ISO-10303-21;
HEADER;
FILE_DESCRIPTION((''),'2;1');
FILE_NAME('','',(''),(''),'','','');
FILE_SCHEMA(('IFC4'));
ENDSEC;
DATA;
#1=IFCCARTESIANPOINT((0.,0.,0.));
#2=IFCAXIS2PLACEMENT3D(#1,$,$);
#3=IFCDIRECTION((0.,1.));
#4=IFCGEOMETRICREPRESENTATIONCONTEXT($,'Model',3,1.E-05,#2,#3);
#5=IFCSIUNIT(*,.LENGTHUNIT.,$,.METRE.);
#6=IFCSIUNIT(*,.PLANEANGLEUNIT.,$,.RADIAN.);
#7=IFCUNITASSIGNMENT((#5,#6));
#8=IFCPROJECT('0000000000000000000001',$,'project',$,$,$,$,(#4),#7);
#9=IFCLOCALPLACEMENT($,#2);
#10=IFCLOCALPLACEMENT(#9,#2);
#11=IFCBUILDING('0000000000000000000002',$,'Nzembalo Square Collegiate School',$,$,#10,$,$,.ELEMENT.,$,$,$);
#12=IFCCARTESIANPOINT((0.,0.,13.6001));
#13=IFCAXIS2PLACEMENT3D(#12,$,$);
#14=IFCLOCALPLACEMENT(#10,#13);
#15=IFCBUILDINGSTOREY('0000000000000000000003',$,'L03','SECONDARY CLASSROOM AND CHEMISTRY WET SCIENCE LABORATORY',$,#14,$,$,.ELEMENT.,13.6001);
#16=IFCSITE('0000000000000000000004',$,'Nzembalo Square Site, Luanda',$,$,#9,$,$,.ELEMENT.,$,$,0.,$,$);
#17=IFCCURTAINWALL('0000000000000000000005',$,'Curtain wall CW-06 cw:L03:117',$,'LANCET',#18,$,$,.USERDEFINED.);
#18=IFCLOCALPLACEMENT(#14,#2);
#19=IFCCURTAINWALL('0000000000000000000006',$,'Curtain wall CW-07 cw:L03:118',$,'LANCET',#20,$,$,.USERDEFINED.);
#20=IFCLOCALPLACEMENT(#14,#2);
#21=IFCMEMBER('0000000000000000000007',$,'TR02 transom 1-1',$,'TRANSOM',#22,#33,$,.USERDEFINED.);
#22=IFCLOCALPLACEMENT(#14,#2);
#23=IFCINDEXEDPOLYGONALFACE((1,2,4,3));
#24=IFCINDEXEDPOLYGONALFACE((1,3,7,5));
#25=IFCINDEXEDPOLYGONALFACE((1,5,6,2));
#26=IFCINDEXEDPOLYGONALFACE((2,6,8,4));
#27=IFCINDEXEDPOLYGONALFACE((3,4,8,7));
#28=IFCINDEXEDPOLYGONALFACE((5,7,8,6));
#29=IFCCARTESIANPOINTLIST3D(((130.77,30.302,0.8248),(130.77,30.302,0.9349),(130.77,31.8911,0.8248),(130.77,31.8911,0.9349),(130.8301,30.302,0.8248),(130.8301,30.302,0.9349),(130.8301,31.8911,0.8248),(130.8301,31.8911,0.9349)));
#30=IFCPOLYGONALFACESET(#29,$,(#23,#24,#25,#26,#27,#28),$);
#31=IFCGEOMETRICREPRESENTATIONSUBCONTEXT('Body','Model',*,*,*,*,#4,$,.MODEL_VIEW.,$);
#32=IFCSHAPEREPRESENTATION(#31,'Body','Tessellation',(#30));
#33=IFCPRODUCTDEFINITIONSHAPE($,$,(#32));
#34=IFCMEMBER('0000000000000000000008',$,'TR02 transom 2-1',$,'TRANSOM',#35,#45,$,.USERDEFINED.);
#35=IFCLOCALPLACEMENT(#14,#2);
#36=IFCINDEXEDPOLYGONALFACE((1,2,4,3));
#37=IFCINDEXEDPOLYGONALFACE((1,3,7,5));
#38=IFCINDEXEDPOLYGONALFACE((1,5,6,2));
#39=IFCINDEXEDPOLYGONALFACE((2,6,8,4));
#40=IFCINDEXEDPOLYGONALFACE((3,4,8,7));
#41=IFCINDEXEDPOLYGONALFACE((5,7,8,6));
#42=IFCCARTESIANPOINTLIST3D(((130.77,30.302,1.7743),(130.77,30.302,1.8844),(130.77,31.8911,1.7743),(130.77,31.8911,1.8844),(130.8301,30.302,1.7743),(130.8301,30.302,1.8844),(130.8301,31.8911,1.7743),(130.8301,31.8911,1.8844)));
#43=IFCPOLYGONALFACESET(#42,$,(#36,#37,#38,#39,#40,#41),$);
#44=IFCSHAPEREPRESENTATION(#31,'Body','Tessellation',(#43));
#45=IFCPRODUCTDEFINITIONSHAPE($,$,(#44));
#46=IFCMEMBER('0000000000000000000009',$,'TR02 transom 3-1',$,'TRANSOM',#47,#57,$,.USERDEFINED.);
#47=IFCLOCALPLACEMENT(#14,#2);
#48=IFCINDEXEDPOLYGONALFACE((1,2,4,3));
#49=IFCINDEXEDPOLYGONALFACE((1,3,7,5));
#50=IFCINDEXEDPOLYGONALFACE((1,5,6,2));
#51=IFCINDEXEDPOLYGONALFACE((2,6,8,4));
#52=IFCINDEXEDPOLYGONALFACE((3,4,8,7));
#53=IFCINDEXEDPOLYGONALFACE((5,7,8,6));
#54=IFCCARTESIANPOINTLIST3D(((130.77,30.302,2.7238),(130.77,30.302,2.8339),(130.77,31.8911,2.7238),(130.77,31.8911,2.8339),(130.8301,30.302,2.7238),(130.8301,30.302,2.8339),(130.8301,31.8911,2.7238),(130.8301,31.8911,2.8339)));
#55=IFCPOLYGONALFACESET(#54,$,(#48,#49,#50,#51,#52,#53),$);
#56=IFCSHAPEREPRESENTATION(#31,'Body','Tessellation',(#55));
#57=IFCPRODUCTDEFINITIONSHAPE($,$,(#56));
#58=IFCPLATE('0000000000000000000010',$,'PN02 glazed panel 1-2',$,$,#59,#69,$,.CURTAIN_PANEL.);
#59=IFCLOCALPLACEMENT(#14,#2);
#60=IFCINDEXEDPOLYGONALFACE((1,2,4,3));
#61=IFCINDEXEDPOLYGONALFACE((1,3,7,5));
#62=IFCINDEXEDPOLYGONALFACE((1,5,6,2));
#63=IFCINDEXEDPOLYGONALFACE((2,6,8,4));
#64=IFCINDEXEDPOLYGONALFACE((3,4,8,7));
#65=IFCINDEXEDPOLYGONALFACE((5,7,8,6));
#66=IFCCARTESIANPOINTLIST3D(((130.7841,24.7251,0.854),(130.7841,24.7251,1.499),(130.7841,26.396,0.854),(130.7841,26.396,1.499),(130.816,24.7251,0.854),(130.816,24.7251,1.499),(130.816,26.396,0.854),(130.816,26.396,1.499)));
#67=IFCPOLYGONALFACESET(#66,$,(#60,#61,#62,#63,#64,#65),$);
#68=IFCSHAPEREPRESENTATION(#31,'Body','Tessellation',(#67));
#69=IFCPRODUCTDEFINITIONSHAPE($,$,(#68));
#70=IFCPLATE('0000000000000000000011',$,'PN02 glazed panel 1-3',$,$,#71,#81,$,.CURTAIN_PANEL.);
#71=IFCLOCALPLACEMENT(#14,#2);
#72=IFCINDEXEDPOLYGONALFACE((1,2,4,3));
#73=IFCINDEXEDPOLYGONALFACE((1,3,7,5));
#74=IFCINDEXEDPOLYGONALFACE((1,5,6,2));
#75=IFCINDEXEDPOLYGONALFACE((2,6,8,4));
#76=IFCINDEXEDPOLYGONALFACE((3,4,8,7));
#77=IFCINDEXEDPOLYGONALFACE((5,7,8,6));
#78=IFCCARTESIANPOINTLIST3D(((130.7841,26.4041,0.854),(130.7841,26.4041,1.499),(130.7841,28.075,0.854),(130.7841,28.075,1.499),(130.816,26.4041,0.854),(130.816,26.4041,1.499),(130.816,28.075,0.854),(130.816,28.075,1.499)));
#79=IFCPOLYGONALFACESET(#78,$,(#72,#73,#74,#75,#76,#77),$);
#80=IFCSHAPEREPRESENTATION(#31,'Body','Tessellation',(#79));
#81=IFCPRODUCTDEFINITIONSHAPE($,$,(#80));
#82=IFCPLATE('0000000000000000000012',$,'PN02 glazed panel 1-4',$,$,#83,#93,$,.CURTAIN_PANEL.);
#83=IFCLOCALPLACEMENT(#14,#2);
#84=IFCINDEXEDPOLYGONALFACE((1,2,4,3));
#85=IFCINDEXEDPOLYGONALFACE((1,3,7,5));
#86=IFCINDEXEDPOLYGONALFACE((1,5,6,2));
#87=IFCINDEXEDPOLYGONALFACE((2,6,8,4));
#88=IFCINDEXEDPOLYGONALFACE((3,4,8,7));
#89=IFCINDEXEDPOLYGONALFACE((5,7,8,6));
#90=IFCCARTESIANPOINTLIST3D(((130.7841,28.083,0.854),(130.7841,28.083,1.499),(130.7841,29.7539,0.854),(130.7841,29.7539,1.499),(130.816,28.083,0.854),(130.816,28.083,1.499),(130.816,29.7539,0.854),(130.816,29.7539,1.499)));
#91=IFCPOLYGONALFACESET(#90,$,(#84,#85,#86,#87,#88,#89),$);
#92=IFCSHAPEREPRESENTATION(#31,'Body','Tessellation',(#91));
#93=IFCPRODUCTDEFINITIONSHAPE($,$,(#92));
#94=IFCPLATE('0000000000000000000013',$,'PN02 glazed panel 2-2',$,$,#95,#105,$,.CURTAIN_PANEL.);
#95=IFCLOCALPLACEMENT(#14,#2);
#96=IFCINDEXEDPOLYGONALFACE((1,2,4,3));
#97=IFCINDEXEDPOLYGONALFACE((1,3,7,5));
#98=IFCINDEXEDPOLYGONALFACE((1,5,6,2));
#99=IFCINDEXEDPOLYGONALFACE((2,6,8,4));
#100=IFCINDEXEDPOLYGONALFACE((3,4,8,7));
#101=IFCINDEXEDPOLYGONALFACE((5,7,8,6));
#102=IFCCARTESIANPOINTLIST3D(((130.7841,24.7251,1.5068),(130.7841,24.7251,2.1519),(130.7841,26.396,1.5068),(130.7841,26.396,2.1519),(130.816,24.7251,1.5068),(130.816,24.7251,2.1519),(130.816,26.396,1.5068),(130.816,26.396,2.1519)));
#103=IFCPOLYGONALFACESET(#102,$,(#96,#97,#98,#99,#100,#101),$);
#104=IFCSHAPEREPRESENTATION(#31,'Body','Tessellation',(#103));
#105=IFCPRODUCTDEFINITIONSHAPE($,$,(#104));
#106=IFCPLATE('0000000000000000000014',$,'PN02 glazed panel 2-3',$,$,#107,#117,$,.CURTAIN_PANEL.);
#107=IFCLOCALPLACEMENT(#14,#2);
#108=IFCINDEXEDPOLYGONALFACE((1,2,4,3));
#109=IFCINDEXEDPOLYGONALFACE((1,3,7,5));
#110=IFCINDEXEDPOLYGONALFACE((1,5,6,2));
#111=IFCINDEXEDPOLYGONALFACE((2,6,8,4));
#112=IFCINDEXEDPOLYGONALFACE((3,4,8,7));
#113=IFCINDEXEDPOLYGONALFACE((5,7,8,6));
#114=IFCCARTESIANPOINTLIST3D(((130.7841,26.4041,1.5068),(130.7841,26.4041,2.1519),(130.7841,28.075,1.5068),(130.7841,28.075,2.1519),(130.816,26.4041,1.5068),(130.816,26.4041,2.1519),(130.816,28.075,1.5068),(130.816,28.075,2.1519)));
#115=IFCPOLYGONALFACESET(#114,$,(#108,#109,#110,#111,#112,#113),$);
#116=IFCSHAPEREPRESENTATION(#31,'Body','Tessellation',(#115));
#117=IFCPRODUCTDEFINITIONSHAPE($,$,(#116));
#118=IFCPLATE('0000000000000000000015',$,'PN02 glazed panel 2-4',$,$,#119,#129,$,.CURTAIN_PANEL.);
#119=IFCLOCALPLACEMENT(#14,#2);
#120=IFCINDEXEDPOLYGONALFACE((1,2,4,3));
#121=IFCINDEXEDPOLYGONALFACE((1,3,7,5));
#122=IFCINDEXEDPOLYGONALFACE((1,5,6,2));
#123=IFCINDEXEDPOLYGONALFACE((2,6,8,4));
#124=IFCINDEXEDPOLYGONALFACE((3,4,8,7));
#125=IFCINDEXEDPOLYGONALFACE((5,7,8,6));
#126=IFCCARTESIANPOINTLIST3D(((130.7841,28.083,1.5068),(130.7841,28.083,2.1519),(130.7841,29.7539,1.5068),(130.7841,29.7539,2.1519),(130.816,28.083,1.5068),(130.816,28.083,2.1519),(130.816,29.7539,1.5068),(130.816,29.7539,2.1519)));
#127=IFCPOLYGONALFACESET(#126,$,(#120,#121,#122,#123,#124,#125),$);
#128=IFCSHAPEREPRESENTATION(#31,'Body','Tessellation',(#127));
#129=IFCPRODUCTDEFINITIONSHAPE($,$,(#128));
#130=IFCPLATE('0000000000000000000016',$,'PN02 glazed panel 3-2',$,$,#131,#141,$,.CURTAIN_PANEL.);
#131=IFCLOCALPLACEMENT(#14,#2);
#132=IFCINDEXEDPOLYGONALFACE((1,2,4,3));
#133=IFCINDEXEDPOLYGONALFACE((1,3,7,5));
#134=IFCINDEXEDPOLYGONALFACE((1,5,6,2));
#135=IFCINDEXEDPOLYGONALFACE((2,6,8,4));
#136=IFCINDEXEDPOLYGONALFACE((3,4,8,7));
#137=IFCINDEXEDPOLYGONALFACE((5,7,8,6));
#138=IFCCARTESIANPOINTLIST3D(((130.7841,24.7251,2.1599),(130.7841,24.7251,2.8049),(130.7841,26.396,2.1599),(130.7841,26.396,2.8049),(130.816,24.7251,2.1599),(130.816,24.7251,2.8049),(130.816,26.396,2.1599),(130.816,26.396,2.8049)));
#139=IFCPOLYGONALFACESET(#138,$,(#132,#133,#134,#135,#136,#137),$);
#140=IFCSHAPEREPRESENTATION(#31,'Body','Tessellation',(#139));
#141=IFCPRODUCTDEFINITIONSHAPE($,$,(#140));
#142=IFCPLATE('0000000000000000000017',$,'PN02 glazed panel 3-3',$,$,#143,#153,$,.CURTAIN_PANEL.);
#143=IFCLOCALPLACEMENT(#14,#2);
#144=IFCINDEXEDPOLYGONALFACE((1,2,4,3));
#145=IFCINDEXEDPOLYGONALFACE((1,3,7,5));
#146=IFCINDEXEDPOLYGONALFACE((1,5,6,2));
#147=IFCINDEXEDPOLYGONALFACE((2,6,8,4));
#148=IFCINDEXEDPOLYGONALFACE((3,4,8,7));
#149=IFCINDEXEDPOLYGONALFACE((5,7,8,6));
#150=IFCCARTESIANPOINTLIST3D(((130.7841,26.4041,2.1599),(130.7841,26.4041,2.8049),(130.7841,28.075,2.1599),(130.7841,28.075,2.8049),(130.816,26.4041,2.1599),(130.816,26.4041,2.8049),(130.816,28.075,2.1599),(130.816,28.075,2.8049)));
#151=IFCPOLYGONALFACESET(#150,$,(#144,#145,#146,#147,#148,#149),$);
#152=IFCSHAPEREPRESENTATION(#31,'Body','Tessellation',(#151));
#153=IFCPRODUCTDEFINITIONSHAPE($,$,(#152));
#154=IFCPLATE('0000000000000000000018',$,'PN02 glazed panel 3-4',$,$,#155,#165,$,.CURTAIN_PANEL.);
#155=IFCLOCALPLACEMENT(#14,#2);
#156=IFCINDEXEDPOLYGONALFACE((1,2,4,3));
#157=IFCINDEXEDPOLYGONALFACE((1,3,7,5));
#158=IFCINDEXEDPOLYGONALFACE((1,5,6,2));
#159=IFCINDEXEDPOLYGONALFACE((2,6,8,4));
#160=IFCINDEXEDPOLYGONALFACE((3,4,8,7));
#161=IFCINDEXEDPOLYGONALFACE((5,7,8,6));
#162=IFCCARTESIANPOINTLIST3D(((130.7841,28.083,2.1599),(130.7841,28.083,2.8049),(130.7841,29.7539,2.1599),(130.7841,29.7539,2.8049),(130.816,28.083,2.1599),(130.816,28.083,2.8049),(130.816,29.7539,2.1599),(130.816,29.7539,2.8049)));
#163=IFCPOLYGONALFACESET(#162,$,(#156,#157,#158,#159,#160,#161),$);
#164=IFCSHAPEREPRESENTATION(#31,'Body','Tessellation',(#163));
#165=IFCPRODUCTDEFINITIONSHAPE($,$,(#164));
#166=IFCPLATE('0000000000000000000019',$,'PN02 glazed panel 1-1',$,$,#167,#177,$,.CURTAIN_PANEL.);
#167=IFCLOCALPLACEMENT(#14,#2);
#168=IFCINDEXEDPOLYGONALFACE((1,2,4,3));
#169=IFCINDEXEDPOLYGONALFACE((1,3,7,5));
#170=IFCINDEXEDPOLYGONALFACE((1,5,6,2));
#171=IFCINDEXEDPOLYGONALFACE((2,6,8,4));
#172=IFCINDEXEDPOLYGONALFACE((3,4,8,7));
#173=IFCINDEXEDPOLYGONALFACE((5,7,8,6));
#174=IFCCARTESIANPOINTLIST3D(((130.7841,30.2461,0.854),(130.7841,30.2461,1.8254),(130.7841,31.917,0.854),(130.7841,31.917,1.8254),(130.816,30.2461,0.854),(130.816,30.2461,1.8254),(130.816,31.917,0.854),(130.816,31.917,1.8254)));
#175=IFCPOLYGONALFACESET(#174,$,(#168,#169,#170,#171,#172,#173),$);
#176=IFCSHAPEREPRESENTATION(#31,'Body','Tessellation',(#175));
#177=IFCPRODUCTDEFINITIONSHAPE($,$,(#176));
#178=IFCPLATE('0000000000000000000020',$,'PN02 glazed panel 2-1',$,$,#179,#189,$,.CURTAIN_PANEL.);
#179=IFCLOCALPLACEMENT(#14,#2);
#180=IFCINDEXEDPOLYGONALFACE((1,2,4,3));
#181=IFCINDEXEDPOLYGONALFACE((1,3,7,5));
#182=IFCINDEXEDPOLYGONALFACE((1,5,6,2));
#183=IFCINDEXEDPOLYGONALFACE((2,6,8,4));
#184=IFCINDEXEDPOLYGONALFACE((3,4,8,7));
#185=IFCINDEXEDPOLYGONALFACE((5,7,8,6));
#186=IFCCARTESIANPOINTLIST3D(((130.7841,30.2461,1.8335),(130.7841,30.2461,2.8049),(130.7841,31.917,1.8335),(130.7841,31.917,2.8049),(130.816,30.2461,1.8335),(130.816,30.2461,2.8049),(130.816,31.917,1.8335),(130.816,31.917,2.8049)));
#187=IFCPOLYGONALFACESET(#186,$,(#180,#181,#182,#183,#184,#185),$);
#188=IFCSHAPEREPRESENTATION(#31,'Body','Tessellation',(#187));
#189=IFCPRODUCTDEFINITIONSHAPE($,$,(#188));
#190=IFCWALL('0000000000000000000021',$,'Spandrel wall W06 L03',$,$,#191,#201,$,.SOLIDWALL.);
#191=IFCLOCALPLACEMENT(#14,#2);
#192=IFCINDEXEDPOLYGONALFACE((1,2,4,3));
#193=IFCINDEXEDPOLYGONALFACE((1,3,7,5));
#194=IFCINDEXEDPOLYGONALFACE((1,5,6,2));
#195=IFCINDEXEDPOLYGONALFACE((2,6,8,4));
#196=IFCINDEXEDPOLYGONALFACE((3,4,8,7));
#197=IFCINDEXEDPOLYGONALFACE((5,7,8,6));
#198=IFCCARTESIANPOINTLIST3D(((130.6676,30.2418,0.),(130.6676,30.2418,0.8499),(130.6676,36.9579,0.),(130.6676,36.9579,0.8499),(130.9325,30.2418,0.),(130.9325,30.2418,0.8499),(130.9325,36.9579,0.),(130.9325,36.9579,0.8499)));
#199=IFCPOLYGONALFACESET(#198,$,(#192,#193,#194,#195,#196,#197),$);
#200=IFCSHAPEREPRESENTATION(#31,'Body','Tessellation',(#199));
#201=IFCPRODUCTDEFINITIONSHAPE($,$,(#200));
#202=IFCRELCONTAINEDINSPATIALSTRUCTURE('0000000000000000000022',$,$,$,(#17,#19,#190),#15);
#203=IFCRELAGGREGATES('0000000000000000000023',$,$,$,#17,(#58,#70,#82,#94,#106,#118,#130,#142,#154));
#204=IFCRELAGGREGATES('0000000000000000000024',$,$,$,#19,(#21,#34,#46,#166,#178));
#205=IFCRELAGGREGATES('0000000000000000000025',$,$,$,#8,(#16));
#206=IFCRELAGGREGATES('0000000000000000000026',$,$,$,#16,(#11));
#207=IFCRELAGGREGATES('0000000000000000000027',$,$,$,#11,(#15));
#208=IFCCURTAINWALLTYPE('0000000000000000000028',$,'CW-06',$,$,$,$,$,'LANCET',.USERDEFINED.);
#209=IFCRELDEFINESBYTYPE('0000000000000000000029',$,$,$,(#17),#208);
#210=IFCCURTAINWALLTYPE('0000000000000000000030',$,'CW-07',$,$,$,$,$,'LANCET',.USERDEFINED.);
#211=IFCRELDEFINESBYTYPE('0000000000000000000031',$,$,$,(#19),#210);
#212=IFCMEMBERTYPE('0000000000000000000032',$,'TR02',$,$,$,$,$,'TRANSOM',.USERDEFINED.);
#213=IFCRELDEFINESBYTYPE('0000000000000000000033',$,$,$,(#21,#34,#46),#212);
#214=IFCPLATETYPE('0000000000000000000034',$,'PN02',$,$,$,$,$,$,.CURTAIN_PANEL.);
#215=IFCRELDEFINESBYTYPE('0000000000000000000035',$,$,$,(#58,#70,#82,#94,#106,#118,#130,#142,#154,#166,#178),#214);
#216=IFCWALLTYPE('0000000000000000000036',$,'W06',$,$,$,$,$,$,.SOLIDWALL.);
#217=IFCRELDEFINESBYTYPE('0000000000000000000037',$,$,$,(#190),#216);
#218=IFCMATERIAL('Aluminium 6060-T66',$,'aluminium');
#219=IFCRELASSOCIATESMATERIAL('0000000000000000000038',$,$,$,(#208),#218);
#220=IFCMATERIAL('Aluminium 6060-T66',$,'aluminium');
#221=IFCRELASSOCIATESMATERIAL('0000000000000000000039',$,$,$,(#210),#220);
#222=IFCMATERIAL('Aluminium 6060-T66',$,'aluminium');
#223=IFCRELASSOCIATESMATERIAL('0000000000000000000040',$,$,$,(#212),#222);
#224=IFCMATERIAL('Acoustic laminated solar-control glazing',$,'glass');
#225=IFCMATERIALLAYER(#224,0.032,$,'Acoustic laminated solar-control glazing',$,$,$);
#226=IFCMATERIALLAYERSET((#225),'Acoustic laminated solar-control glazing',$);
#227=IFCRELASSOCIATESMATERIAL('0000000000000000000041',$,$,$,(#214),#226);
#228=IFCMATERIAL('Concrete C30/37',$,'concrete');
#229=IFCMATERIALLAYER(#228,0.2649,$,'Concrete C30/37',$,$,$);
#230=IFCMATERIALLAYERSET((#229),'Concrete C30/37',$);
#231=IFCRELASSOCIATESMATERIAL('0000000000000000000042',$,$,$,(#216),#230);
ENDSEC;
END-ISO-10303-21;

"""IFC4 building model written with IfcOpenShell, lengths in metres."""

from ifc_helpers import new_model, si_unit, direction, frame, frame_2d, origin, origin_2d, place, context, subcontext, project, spatial, rectangle, extrude, material, layer, layer_set, material_profile, profile_set, type_object, element, aggregate, save


model = new_model("IFC4")

# Units and contexts
model_context = context("Model", 3, precision=1e-05, world=origin(), true_north=direction((0.0, 1.0)))
body_context = subcontext(model_context, "Body", "Model", "MODEL_VIEW")
ifc_project = project(units=[si_unit("LENGTHUNIT", "METRE"), si_unit("PLANEANGLEUNIT", "RADIAN")], contexts=[model_context])

# Site, building, storey
site_placement = place(None, origin())
site = spatial("IfcSite", under=ifc_project, at=site_placement, Name="Nzembalo Square Site, Luanda", CompositionType="ELEMENT", RefElevation=0.0)
building_placement = place(site_placement, origin())
building = spatial("IfcBuilding", under=site, at=building_placement, Name="Nzembalo Square Collegiate School", CompositionType="ELEMENT")
storey_placement = place(building_placement, frame((0.0, 0.0, 13.6001)))
storey = spatial("IfcBuildingStorey", under=building, at=storey_placement, Name="L03", Description="SECONDARY CLASSROOM AND CHEMISTRY WET SCIENCE LABORATORY", CompositionType="ELEMENT", Elevation=13.6001)

# Curtain wall
ifc_material_1 = material(Name="Aluminium 6060-T66", Category="aluminium")
curtain_wall_type_1 = type_object("IfcCurtainWallType", Name="CW-06", ElementType="LANCET", PredefinedType="USERDEFINED", material=ifc_material_1)
curtain_wall_1_placement = place(storey_placement, origin())
curtain_wall_1 = element("IfcCurtainWall", 1, at=curtain_wall_1_placement, inside=storey, type_object=curtain_wall_type_1, Name="Curtain wall CW-06 cw:L03:117", ObjectType="LANCET", PredefinedType="USERDEFINED")

# Curtain wall
ifc_material_2 = material(Name="Aluminium 6060-T66", Category="aluminium")
curtain_wall_type_2 = type_object("IfcCurtainWallType", Name="CW-07", ElementType="LANCET", PredefinedType="USERDEFINED", material=ifc_material_2)
curtain_wall_2_placement = place(storey_placement, origin())
curtain_wall_2 = element("IfcCurtainWall", 2, at=curtain_wall_2_placement, inside=storey, type_object=curtain_wall_type_2, Name="Curtain wall CW-07 cw:L03:118", ObjectType="LANCET", PredefinedType="USERDEFINED")

# Members
ifc_material_3 = material(Name="Aluminium 6060-T66", Category="aluminium")
ifc_material_profile_1 = material_profile(ifc_material_3, rectangle(XDim=0.0601, YDim=0.1101, at=origin_2d()), Name="ALU T60x110")
ifc_profile_set_1 = profile_set([ifc_material_profile_1], Name="Aluminium 6060-T66")
member_type_1 = type_object("IfcMemberType", Name="TR02", ElementType="TRANSOM", PredefinedType="USERDEFINED", material=ifc_profile_set_1)
member_1_placement = place(storey_placement, frame((130.8, 30.302, 0.8799), z_axis=(0.0, 1.0, 0.0), x_axis=(-1.0, 0.0, 0.0)))
member_1 = element("IfcMember", 3, at=member_1_placement, type_object=member_type_1, Name="TR02 transom 1-1", ObjectType="TRANSOM", PredefinedType="USERDEFINED", context=body_context, shape_type="SweptSolid", body=[
    extrude(rectangle(XDim=0.0601, YDim=0.1101, at=origin_2d()), origin(), (0.0, 0.0, 1.0), 1.5891),
])
member_2_placement = place(storey_placement, frame((130.8, 30.302, 1.8293), z_axis=(0.0, 1.0, 0.0), x_axis=(-1.0, 0.0, 0.0)))
member_2 = element("IfcMember", 4, at=member_2_placement, type_object=member_type_1, Name="TR02 transom 2-1", ObjectType="TRANSOM", PredefinedType="USERDEFINED", context=body_context, shape_type="SweptSolid", body=[
    extrude(rectangle(XDim=0.0601, YDim=0.1101, at=origin_2d()), origin(), (0.0, 0.0, 1.0), 1.5891),
])
member_3_placement = place(storey_placement, frame((130.8, 30.302, 2.7788), z_axis=(0.0, 1.0, 0.0), x_axis=(-1.0, 0.0, 0.0)))
member_3 = element("IfcMember", 5, at=member_3_placement, type_object=member_type_1, Name="TR02 transom 3-1", ObjectType="TRANSOM", PredefinedType="USERDEFINED", context=body_context, shape_type="SweptSolid", body=[
    extrude(rectangle(XDim=0.0601, YDim=0.1101, at=origin_2d()), origin(), (0.0, 0.0, 1.0), 1.5891),
])

# Plates
ifc_material_4 = material(Name="Acoustic laminated solar-control glazing", Category="glass")
ifc_layer_1 = layer(ifc_material_4, 0.032, Name="Acoustic laminated solar-control glazing")
ifc_layer_set_1 = layer_set([ifc_layer_1], Name="Acoustic laminated solar-control glazing")
plate_type = type_object("IfcPlateType", Name="PN02", PredefinedType="CURTAIN_PANEL", material=ifc_layer_set_1)
plate_1_placement = place(storey_placement, frame((130.8, 25.5605, 0.854), z_axis=(0.0, 0.0, 1.0), x_axis=(0.0, 1.0, 0.0)))
plate_1 = element("IfcPlate", 6, at=plate_1_placement, type_object=plate_type, Name="PN02 glazed panel 1-2", PredefinedType="CURTAIN_PANEL", context=body_context, shape_type="SweptSolid", body=[
    extrude(rectangle(XDim=1.6709, YDim=0.032, at=origin_2d()), origin(), (0.0, 0.0, 1.0), 0.645),
])
plate_2_placement = place(storey_placement, frame((130.8, 27.2395, 0.854), z_axis=(0.0, 0.0, 1.0), x_axis=(0.0, 1.0, 0.0)))
plate_2 = element("IfcPlate", 7, at=plate_2_placement, type_object=plate_type, Name="PN02 glazed panel 1-3", PredefinedType="CURTAIN_PANEL", context=body_context, shape_type="SweptSolid", body=[
    extrude(rectangle(XDim=1.6709, YDim=0.032, at=origin_2d()), origin(), (0.0, 0.0, 1.0), 0.645),
])
plate_3_placement = place(storey_placement, frame((130.8, 28.9185, 0.854), z_axis=(0.0, 0.0, 1.0), x_axis=(0.0, 1.0, 0.0)))
plate_3 = element("IfcPlate", 8, at=plate_3_placement, type_object=plate_type, Name="PN02 glazed panel 1-4", PredefinedType="CURTAIN_PANEL", context=body_context, shape_type="SweptSolid", body=[
    extrude(rectangle(XDim=1.6709, YDim=0.032, at=origin_2d()), origin(), (0.0, 0.0, 1.0), 0.645),
])
plate_4_placement = place(storey_placement, frame((130.8, 25.5605, 1.5068), z_axis=(0.0, 0.0, 1.0), x_axis=(0.0, 1.0, 0.0)))
plate_4 = element("IfcPlate", 9, at=plate_4_placement, type_object=plate_type, Name="PN02 glazed panel 2-2", PredefinedType="CURTAIN_PANEL", context=body_context, shape_type="SweptSolid", body=[
    extrude(rectangle(XDim=1.6709, YDim=0.032, at=origin_2d()), origin(), (0.0, 0.0, 1.0), 0.645),
])
plate_5_placement = place(storey_placement, frame((130.8, 27.2395, 1.5068), z_axis=(0.0, 0.0, 1.0), x_axis=(0.0, 1.0, 0.0)))
plate_5 = element("IfcPlate", 10, at=plate_5_placement, type_object=plate_type, Name="PN02 glazed panel 2-3", PredefinedType="CURTAIN_PANEL", context=body_context, shape_type="SweptSolid", body=[
    extrude(rectangle(XDim=1.6709, YDim=0.032, at=origin_2d()), origin(), (0.0, 0.0, 1.0), 0.645),
])
plate_6_placement = place(storey_placement, frame((130.8, 28.9185, 1.5068), z_axis=(0.0, 0.0, 1.0), x_axis=(0.0, 1.0, 0.0)))
plate_6 = element("IfcPlate", 11, at=plate_6_placement, type_object=plate_type, Name="PN02 glazed panel 2-4", PredefinedType="CURTAIN_PANEL", context=body_context, shape_type="SweptSolid", body=[
    extrude(rectangle(XDim=1.6709, YDim=0.032, at=origin_2d()), origin(), (0.0, 0.0, 1.0), 0.645),
])
plate_7_placement = place(storey_placement, frame((130.8, 25.5605, 2.1599), z_axis=(0.0, 0.0, 1.0), x_axis=(0.0, 1.0, 0.0)))
plate_7 = element("IfcPlate", 12, at=plate_7_placement, type_object=plate_type, Name="PN02 glazed panel 3-2", PredefinedType="CURTAIN_PANEL", context=body_context, shape_type="SweptSolid", body=[
    extrude(rectangle(XDim=1.6709, YDim=0.032, at=origin_2d()), origin(), (0.0, 0.0, 1.0), 0.645),
])
plate_8_placement = place(storey_placement, frame((130.8, 27.2395, 2.1599), z_axis=(0.0, 0.0, 1.0), x_axis=(0.0, 1.0, 0.0)))
plate_8 = element("IfcPlate", 13, at=plate_8_placement, type_object=plate_type, Name="PN02 glazed panel 3-3", PredefinedType="CURTAIN_PANEL", context=body_context, shape_type="SweptSolid", body=[
    extrude(rectangle(XDim=1.6709, YDim=0.032, at=origin_2d()), origin(), (0.0, 0.0, 1.0), 0.645),
])
plate_9_placement = place(storey_placement, frame((130.8, 28.9185, 2.1599), z_axis=(0.0, 0.0, 1.0), x_axis=(0.0, 1.0, 0.0)))
plate_9 = element("IfcPlate", 14, at=plate_9_placement, type_object=plate_type, Name="PN02 glazed panel 3-4", PredefinedType="CURTAIN_PANEL", context=body_context, shape_type="SweptSolid", body=[
    extrude(rectangle(XDim=1.6709, YDim=0.032, at=origin_2d()), origin(), (0.0, 0.0, 1.0), 0.645),
])
aggregate(curtain_wall_1, [plate_1, plate_2, plate_3, plate_4, plate_5, plate_6, plate_7, plate_8, plate_9])
plate_10_placement = place(storey_placement, frame((130.8, 31.0815, 0.854), z_axis=(0.0, 0.0, 1.0), x_axis=(0.0, 1.0, 0.0)))
plate_10 = element("IfcPlate", 15, at=plate_10_placement, type_object=plate_type, Name="PN02 glazed panel 1-1", PredefinedType="CURTAIN_PANEL", context=body_context, shape_type="SweptSolid", body=[
    extrude(rectangle(XDim=1.6709, YDim=0.032, at=origin_2d()), origin(), (0.0, 0.0, 1.0), 0.9714),
])
plate_11_placement = place(storey_placement, frame((130.8, 31.0815, 1.8335), z_axis=(0.0, 0.0, 1.0), x_axis=(0.0, 1.0, 0.0)))
plate_11 = element("IfcPlate", 16, at=plate_11_placement, type_object=plate_type, Name="PN02 glazed panel 2-1", PredefinedType="CURTAIN_PANEL", context=body_context, shape_type="SweptSolid", body=[
    extrude(rectangle(XDim=1.6709, YDim=0.032, at=origin_2d()), origin(), (0.0, 0.0, 1.0), 0.9714),
])
aggregate(curtain_wall_2, [member_1, member_2, member_3, plate_10, plate_11])

# Wall
ifc_material_5 = material(Name="Concrete C30/37", Category="concrete")
ifc_layer_2 = layer(ifc_material_5, 0.2649, Name="Concrete C30/37")
ifc_layer_set_2 = layer_set([ifc_layer_2], Name="Concrete C30/37")
wall_type = type_object("IfcWallType", Name="W06", PredefinedType="SOLIDWALL", material=ifc_layer_set_2)
wall_placement = place(storey_placement, frame((130.8, 30.2419, 0.0), z_axis=(0.0, 0.0, 1.0), x_axis=(0.0, 1.0, 0.0)))
element("IfcWall", 17, at=wall_placement, inside=storey, type_object=wall_type, Name="Spandrel wall W06 L03", PredefinedType="SOLIDWALL", context=body_context, shape_type="SweptSolid", body=[
    extrude(rectangle(XDim=6.7161, YDim=0.2649, at=frame_2d((3.3579, 0.0))), origin(), (0.0, 0.0, 1.0), 0.8499),
])

save(model, "model.ifc")
